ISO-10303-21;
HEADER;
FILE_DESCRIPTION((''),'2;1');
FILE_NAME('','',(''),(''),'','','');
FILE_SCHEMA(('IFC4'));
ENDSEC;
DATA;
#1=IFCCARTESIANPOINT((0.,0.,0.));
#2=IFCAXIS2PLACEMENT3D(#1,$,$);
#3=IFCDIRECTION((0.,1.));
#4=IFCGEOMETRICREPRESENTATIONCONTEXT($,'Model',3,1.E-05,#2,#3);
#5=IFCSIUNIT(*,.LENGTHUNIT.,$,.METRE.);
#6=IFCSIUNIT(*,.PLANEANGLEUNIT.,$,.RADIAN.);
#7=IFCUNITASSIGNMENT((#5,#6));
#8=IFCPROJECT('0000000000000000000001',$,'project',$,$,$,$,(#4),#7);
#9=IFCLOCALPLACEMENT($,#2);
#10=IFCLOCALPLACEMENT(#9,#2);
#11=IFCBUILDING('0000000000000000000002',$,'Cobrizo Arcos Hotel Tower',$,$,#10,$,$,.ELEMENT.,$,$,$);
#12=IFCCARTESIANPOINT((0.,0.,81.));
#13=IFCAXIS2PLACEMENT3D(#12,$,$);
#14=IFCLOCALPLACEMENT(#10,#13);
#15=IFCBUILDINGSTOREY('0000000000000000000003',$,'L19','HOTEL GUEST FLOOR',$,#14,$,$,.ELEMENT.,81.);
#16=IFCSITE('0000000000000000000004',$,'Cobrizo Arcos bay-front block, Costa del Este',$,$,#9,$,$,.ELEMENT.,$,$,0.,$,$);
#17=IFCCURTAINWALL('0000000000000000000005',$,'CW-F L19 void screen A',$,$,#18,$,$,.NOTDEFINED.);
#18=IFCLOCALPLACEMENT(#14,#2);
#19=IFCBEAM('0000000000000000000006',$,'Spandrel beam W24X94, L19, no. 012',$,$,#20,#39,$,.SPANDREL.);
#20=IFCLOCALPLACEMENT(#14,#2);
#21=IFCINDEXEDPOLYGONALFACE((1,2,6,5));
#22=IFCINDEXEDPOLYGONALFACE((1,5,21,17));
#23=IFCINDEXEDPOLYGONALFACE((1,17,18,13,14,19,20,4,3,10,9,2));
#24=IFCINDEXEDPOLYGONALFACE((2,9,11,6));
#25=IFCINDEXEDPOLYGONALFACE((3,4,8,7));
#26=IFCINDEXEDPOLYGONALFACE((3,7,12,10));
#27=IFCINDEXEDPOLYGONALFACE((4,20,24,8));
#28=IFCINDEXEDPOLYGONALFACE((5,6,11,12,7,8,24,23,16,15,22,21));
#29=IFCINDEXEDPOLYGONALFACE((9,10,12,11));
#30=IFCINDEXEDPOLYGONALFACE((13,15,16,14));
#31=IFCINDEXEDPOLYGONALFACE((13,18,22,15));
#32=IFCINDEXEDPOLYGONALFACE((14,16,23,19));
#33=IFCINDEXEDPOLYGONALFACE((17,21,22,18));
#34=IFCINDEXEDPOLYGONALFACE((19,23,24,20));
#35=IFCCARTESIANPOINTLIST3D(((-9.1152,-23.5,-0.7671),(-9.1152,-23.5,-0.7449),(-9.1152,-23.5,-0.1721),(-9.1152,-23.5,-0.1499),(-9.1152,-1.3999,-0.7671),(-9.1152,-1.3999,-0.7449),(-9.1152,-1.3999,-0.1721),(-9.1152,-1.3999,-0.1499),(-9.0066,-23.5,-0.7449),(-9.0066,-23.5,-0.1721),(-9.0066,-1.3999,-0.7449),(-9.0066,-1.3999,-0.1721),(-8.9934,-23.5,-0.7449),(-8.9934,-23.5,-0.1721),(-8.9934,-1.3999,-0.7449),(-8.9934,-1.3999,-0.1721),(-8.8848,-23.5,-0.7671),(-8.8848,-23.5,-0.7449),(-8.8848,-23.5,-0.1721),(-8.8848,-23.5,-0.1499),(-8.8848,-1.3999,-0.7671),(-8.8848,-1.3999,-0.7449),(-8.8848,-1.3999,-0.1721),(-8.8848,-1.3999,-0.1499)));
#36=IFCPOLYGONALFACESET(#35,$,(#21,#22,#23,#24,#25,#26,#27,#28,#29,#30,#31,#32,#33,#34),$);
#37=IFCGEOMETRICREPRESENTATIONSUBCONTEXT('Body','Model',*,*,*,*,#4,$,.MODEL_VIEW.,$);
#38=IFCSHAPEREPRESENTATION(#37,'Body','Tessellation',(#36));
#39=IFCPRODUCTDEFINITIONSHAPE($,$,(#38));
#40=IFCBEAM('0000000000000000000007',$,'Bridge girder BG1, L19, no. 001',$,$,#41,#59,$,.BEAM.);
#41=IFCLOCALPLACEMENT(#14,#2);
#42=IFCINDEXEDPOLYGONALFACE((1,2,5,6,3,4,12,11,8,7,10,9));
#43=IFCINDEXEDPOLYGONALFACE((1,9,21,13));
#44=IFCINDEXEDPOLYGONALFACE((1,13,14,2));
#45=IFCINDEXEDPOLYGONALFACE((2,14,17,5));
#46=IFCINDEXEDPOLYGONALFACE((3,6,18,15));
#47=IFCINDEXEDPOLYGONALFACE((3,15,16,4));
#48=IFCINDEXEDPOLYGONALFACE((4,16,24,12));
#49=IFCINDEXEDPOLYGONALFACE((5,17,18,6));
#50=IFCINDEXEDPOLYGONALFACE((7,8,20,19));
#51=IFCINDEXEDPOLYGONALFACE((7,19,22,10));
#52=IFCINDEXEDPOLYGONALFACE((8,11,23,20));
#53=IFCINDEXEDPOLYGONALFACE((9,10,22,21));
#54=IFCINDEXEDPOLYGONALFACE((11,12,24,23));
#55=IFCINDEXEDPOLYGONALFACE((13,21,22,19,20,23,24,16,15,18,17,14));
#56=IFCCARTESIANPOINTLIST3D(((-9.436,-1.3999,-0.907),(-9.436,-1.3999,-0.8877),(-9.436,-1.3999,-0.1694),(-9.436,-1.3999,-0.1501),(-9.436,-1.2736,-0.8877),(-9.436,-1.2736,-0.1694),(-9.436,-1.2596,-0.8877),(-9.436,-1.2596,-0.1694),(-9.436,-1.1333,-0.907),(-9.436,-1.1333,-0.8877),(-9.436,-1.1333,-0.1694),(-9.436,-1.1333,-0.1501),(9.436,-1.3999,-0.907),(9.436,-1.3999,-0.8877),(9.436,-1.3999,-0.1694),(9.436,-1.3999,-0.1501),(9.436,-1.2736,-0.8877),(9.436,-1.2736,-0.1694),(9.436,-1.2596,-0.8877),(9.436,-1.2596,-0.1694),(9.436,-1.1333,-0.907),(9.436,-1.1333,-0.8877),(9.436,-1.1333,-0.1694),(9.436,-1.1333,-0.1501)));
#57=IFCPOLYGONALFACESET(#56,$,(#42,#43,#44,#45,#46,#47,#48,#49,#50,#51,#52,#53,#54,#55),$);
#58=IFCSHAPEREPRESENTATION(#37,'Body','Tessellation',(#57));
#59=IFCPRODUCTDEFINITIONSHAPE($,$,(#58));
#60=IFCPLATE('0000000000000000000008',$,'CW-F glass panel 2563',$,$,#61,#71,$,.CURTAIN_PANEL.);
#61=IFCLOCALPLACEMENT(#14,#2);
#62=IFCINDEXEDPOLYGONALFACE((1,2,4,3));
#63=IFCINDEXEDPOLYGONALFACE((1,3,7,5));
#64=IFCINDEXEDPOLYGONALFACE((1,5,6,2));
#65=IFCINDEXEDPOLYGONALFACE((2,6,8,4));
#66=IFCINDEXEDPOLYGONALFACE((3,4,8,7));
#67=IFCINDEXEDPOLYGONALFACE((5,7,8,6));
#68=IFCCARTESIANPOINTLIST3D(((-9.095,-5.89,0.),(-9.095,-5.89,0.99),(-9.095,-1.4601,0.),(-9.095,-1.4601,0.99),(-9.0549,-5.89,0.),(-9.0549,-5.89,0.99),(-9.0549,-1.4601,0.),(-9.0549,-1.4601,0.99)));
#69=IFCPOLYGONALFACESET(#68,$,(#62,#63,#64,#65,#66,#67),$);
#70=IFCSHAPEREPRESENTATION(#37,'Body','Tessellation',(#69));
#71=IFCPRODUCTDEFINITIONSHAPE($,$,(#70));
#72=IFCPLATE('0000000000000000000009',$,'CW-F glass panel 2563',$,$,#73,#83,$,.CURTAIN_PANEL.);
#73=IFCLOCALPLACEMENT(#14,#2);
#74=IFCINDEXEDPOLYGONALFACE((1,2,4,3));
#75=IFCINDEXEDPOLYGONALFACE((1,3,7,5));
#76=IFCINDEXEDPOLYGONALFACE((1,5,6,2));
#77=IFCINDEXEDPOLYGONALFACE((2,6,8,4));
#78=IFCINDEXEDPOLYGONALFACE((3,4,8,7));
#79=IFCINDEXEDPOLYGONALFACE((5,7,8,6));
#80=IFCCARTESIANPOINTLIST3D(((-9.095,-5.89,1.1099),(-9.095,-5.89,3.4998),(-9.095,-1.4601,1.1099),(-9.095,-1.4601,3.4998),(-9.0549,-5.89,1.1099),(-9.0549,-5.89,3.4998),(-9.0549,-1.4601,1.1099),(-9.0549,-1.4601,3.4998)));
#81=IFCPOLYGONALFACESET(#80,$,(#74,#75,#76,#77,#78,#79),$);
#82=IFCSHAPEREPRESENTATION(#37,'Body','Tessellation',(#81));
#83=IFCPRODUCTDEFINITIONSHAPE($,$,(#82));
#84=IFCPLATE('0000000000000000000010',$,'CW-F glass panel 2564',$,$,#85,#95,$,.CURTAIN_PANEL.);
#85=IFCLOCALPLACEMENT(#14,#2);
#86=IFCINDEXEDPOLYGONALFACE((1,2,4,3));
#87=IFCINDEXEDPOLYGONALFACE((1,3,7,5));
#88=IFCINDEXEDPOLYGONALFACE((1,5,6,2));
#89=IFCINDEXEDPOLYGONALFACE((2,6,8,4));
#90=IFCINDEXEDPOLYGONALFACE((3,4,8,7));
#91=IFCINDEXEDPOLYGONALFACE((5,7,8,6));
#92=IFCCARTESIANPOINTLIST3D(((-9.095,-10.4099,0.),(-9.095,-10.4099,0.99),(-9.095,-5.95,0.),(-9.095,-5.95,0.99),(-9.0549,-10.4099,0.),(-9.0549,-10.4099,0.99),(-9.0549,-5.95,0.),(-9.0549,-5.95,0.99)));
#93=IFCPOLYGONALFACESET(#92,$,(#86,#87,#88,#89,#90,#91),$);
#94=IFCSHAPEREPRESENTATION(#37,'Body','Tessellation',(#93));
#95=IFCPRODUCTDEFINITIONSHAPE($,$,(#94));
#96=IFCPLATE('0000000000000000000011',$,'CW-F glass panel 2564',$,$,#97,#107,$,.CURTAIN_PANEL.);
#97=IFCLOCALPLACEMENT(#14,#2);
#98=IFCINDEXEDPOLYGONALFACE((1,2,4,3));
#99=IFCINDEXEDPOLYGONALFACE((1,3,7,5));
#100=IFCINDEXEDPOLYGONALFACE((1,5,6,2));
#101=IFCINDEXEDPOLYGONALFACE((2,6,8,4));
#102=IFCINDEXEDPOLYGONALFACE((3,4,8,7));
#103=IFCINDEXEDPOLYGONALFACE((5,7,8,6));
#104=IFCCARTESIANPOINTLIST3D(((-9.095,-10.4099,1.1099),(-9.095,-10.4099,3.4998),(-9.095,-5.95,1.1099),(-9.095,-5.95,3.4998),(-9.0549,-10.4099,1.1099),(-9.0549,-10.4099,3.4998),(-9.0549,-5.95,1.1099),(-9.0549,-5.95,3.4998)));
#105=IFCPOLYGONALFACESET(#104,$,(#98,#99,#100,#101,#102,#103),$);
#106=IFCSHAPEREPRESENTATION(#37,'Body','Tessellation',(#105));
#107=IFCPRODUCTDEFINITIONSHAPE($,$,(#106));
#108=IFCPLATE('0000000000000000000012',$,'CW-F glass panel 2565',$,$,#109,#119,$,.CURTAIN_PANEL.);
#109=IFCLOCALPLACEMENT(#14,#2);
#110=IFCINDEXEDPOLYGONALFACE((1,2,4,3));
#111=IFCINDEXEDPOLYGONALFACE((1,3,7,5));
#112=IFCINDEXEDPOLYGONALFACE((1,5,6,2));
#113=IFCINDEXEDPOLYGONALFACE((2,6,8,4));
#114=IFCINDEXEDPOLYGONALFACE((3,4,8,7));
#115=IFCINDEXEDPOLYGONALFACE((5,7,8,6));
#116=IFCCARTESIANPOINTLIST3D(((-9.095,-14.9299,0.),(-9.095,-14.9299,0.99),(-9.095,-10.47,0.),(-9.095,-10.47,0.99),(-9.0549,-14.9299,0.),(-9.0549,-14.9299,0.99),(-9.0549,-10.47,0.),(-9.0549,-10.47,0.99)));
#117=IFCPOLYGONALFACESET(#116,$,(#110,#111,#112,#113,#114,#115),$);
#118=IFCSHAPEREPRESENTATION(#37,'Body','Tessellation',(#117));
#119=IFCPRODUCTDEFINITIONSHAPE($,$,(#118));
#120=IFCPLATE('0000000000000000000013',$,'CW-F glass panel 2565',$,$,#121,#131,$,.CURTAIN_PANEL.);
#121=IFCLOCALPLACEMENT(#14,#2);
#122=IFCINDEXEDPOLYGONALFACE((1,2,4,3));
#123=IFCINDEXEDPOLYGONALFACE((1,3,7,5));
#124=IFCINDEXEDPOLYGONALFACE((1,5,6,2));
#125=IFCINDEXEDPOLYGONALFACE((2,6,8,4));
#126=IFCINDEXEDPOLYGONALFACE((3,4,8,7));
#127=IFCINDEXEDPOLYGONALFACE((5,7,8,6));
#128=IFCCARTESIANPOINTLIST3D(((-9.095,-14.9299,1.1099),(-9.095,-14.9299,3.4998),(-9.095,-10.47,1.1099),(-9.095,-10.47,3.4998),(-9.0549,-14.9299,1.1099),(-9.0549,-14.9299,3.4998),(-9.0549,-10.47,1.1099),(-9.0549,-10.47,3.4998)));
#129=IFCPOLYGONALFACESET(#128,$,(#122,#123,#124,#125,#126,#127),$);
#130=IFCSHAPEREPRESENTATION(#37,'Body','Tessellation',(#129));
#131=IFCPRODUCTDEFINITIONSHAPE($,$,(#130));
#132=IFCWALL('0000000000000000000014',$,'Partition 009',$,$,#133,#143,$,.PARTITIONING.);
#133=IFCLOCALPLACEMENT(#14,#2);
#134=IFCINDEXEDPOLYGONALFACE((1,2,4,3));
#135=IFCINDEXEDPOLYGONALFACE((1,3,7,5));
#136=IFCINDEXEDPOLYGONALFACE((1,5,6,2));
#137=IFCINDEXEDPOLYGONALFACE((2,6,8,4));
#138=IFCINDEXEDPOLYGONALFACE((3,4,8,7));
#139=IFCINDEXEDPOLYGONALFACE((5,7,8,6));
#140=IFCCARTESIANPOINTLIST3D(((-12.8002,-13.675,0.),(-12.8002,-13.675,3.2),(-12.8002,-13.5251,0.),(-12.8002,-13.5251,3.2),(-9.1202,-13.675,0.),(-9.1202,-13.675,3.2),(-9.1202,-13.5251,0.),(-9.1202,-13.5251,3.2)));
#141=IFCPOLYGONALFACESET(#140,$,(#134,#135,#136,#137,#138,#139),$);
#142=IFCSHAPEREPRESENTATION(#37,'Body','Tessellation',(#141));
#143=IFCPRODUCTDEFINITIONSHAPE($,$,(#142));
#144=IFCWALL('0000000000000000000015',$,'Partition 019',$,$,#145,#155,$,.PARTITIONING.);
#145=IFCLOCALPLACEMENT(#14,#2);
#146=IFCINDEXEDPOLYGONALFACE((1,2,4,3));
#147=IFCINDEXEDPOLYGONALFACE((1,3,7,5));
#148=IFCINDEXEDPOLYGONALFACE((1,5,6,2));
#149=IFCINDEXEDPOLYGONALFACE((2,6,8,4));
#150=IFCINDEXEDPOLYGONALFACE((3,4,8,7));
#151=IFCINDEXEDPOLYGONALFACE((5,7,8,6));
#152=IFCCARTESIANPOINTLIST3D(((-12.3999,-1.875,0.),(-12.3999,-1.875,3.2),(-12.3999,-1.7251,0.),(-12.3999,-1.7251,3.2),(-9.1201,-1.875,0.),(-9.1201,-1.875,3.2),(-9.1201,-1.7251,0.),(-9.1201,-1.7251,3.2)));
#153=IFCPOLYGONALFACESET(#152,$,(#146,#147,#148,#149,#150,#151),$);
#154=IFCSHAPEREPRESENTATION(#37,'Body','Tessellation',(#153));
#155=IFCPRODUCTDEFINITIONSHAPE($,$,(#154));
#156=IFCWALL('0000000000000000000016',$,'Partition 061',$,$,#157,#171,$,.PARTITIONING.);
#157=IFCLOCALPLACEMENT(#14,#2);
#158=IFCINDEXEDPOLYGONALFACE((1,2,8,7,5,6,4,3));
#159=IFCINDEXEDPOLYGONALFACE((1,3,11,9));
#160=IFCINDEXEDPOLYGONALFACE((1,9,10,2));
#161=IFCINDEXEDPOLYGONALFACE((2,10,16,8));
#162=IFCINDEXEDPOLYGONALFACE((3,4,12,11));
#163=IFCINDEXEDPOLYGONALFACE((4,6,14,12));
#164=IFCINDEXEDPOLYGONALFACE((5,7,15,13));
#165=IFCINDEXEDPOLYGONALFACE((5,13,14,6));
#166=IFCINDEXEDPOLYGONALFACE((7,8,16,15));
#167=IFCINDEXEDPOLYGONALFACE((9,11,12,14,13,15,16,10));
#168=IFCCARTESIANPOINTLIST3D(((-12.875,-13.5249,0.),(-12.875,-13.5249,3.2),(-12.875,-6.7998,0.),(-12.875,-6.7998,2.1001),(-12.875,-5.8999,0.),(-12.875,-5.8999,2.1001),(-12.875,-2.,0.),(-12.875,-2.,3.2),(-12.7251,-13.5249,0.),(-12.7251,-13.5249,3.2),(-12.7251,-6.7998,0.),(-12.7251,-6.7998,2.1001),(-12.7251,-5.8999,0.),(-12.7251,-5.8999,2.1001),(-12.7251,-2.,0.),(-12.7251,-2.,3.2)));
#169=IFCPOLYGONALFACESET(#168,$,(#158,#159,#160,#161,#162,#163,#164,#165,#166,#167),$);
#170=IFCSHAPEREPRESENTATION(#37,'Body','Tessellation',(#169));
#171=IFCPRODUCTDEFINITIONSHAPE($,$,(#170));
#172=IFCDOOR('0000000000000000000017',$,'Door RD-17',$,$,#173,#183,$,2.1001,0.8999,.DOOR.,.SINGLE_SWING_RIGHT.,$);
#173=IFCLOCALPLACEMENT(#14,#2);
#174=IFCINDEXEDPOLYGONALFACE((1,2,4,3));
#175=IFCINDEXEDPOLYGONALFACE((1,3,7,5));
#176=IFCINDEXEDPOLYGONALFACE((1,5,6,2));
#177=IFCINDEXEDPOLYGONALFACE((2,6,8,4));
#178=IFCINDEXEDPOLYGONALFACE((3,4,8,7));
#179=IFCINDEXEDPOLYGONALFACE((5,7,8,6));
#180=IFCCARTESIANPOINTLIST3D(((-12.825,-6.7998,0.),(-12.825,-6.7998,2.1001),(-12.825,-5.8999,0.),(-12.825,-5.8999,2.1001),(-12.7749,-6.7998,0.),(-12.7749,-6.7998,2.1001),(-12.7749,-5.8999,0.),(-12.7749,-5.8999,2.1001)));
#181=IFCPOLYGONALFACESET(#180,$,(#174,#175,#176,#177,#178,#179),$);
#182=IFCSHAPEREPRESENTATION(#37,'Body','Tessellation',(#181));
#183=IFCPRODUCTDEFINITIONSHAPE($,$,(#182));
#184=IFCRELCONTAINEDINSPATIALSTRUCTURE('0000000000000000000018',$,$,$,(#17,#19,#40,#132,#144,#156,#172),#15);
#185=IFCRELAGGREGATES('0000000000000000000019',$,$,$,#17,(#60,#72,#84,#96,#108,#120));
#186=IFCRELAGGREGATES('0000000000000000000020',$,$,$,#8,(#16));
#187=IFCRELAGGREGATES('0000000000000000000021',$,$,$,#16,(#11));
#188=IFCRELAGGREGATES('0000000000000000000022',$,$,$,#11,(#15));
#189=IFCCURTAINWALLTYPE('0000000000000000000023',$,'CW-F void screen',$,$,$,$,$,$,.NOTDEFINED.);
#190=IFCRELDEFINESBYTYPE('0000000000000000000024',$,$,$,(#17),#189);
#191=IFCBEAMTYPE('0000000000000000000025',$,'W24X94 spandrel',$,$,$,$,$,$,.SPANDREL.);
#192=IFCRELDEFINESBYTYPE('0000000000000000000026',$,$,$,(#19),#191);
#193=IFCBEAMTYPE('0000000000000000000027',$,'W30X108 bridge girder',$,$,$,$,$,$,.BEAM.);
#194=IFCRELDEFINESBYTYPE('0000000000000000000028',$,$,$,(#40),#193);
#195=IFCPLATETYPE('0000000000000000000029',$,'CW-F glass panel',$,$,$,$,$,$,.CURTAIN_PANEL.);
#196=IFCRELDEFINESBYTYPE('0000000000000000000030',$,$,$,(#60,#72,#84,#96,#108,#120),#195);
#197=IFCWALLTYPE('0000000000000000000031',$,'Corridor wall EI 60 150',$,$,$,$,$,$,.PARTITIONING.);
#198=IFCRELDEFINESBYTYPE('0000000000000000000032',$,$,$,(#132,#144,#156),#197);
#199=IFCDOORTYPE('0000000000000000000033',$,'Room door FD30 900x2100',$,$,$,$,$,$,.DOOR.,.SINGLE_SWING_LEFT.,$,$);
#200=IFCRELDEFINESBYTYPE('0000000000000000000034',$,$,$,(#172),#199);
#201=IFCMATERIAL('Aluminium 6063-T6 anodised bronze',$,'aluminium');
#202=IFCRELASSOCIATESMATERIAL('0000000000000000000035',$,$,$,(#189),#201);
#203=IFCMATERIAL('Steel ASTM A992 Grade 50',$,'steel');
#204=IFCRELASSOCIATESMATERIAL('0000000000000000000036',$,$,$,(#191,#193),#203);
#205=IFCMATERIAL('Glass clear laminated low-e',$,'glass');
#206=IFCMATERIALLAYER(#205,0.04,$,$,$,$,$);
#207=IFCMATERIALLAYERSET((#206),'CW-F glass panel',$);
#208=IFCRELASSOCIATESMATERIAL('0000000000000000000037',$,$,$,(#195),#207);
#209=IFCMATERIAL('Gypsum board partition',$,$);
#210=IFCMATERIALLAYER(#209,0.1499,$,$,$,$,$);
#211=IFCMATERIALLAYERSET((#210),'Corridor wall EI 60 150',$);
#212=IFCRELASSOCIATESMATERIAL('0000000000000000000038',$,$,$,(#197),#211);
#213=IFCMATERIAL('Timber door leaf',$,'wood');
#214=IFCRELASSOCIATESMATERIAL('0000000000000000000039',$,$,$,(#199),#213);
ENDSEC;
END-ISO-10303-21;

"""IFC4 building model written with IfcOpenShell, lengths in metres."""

from ifc_helpers import new_model, si_unit, direction, frame, frame_2d, origin, origin_2d, place, context, subcontext, project, spatial, rectangle, i_section, extrude, material, layer, layer_set, material_profile, profile_set, type_object, element, fill, aggregate, save


model = new_model("IFC4")

# Units and contexts
model_context = context("Model", 3, precision=1e-05, world=origin(), true_north=direction((0.0, 1.0)))
body_context = subcontext(model_context, "Body", "Model", "MODEL_VIEW")
ifc_project = project(units=[si_unit("LENGTHUNIT", "METRE"), si_unit("PLANEANGLEUNIT", "RADIAN")], contexts=[model_context])

# Site, building, storey
site_placement = place(None, origin())
site = spatial("IfcSite", under=ifc_project, at=site_placement, Name="Cobrizo Arcos bay-front block, Costa del Este", CompositionType="ELEMENT", RefElevation=0.0)
building_placement = place(site_placement, origin())
building = spatial("IfcBuilding", under=site, at=building_placement, Name="Cobrizo Arcos Hotel Tower", CompositionType="ELEMENT")
storey_placement = place(building_placement, frame((0.0, 0.0, 81.0)))
storey = spatial("IfcBuildingStorey", under=building, at=storey_placement, Name="L19", Description="HOTEL GUEST FLOOR", CompositionType="ELEMENT", Elevation=81.0)

# Shared definitions
ifc_material_1 = material(Name="Steel ASTM A992 Grade 50", Category="steel")

# Curtain wall
ifc_material_2 = material(Name="Aluminium 6063-T6 anodised bronze", Category="aluminium")
curtain_wall_type = type_object("IfcCurtainWallType", Name="CW-F void screen", PredefinedType="NOTDEFINED", material=ifc_material_2)
curtain_wall_placement = place(storey_placement, origin())
curtain_wall = element("IfcCurtainWall", 1, at=curtain_wall_placement, inside=storey, type_object=curtain_wall_type, Name="CW-F L19 void screen A", PredefinedType="NOTDEFINED")

# Beams
ifc_material_profile_1 = material_profile(ifc_material_1, i_section(OverallWidth=0.2305, OverallDepth=0.6172, WebThickness=0.0132, FlangeThickness=0.0222, at=origin_2d()), Name="W24X94")
ifc_profile_set_1 = profile_set([ifc_material_profile_1], Name="Steel ASTM A992 Grade 50")
beam_type_1 = type_object("IfcBeamType", Name="W24X94 spandrel", PredefinedType="SPANDREL", material=ifc_profile_set_1)
beam_1_placement = place(storey_placement, frame((-9.0, -1.3999, -0.4585), z_axis=(0.0, -1.0, 0.0), x_axis=(1.0, 0.0, 0.0)))
element("IfcBeam", 2, at=beam_1_placement, inside=storey, type_object=beam_type_1, Name="Spandrel beam W24X94, L19, no. 012", PredefinedType="SPANDREL", context=body_context, shape_type="SweptSolid", body=[
    extrude(i_section(OverallWidth=0.2305, OverallDepth=0.6172, WebThickness=0.0132, FlangeThickness=0.0222, at=origin_2d()), origin(), (0.0, 0.0, 1.0), 22.1001),
])
ifc_material_profile_2 = material_profile(ifc_material_1, i_section(OverallWidth=0.2666, OverallDepth=0.7568, WebThickness=0.0139, FlangeThickness=0.0193, at=origin_2d()), Name="W30X108")
ifc_profile_set_2 = profile_set([ifc_material_profile_2], Name="Steel ASTM A992 Grade 50")
beam_type_2 = type_object("IfcBeamType", Name="W30X108 bridge girder", PredefinedType="BEAM", material=ifc_profile_set_2)
beam_2_placement = place(storey_placement, frame((-9.436, -1.2666, -0.5286), z_axis=(1.0, 0.0, 0.0), x_axis=(0.0, 1.0, 0.0)))
element("IfcBeam", 3, at=beam_2_placement, inside=storey, type_object=beam_type_2, Name="Bridge girder BG1, L19, no. 001", PredefinedType="BEAM", context=body_context, shape_type="SweptSolid", body=[
    extrude(i_section(OverallWidth=0.2666, OverallDepth=0.7568, WebThickness=0.0139, FlangeThickness=0.0193, at=origin_2d()), origin(), (0.0, 0.0, 1.0), 18.8721),
])

# Plates
ifc_material_3 = material(Name="Glass clear laminated low-e", Category="glass")
ifc_layer_1 = layer(ifc_material_3, 0.04)
ifc_layer_set_1 = layer_set([ifc_layer_1], Name="CW-F glass panel")
plate_type = type_object("IfcPlateType", Name="CW-F glass panel", PredefinedType="CURTAIN_PANEL", material=ifc_layer_set_1)
plate_1_placement = place(storey_placement, frame((-9.075, -3.675, 0.0), z_axis=(0.0, 0.0, 1.0), x_axis=(0.0, -1.0, 0.0)))
plate_1 = element("IfcPlate", 4, at=plate_1_placement, type_object=plate_type, Name="CW-F glass panel 2563", PredefinedType="CURTAIN_PANEL", context=body_context, shape_type="SweptSolid", body=[
    extrude(rectangle(XDim=4.4299, YDim=0.04, at=origin_2d()), origin(), (0.0, 0.0, 1.0), 0.99),
])
plate_2_placement = place(storey_placement, frame((-9.075, -3.675, 1.1099), z_axis=(0.0, 0.0, 1.0), x_axis=(0.0, -1.0, 0.0)))
plate_2 = element("IfcPlate", 5, at=plate_2_placement, type_object=plate_type, Name="CW-F glass panel 2563", PredefinedType="CURTAIN_PANEL", context=body_context, shape_type="SweptSolid", body=[
    extrude(rectangle(XDim=4.4299, YDim=0.04, at=origin_2d()), origin(), (0.0, 0.0, 1.0), 2.3899),
])
plate_3_placement = place(storey_placement, frame((-9.075, -8.1799, 0.0), z_axis=(0.0, 0.0, 1.0), x_axis=(0.0, -1.0, 0.0)))
plate_3 = element("IfcPlate", 6, at=plate_3_placement, type_object=plate_type, Name="CW-F glass panel 2564", PredefinedType="CURTAIN_PANEL", context=body_context, shape_type="SweptSolid", body=[
    extrude(rectangle(XDim=4.46, YDim=0.04, at=origin_2d()), origin(), (0.0, 0.0, 1.0), 0.99),
])
plate_4_placement = place(storey_placement, frame((-9.075, -8.1799, 1.1099), z_axis=(0.0, 0.0, 1.0), x_axis=(0.0, -1.0, 0.0)))
plate_4 = element("IfcPlate", 7, at=plate_4_placement, type_object=plate_type, Name="CW-F glass panel 2564", PredefinedType="CURTAIN_PANEL", context=body_context, shape_type="SweptSolid", body=[
    extrude(rectangle(XDim=4.46, YDim=0.04, at=origin_2d()), origin(), (0.0, 0.0, 1.0), 2.3899),
])
plate_5_placement = place(storey_placement, frame((-9.075, -12.7, 0.0), z_axis=(0.0, 0.0, 1.0), x_axis=(0.0, -1.0, 0.0)))
plate_5 = element("IfcPlate", 8, at=plate_5_placement, type_object=plate_type, Name="CW-F glass panel 2565", PredefinedType="CURTAIN_PANEL", context=body_context, shape_type="SweptSolid", body=[
    extrude(rectangle(XDim=4.46, YDim=0.04, at=origin_2d()), origin(), (0.0, 0.0, 1.0), 0.99),
])
plate_6_placement = place(storey_placement, frame((-9.075, -12.7, 1.1099), z_axis=(0.0, 0.0, 1.0), x_axis=(0.0, -1.0, 0.0)))
plate_6 = element("IfcPlate", 9, at=plate_6_placement, type_object=plate_type, Name="CW-F glass panel 2565", PredefinedType="CURTAIN_PANEL", context=body_context, shape_type="SweptSolid", body=[
    extrude(rectangle(XDim=4.46, YDim=0.04, at=origin_2d()), origin(), (0.0, 0.0, 1.0), 2.3899),
])
aggregate(curtain_wall, [plate_1, plate_2, plate_3, plate_4, plate_5, plate_6])

# Walls
ifc_material_4 = material(Name="Gypsum board partition")
ifc_layer_2 = layer(ifc_material_4, 0.1499)
ifc_layer_set_2 = layer_set([ifc_layer_2], Name="Corridor wall EI 60 150")
wall_type_1 = type_object("IfcWallType", Name="Corridor wall EI 60 150", PredefinedType="PARTITIONING", material=ifc_layer_set_2)
wall_1_placement = place(storey_placement, frame((-12.8, -13.6001, 0.0), z_axis=(0.0, 0.0, 1.0), x_axis=(1.0, 0.0, 0.0)))
element("IfcWall", 10, at=wall_1_placement, inside=storey, type_object=wall_type_1, Name="Partition 009", PredefinedType="PARTITIONING", context=body_context, shape_type="SweptSolid", body=[
    extrude(rectangle(XDim=3.6799, YDim=0.1499, at=frame_2d((1.8398, 0.0))), origin(), (0.0, 0.0, 1.0), 3.2),
])
wall_2_placement = place(storey_placement, frame((-12.3999, -1.8, 0.0), z_axis=(0.0, 0.0, 1.0), x_axis=(1.0, 0.0, 0.0)))
element("IfcWall", 11, at=wall_2_placement, inside=storey, type_object=wall_type_1, Name="Partition 019", PredefinedType="PARTITIONING", context=body_context, shape_type="SweptSolid", body=[
    extrude(rectangle(XDim=3.2798, YDim=0.1499, at=frame_2d((1.6399, 0.0))), origin(), (0.0, 0.0, 1.0), 3.2),
])

# Wall, opening, door
wall_3_placement = place(storey_placement, frame((-12.8, -13.5249, 0.0), z_axis=(0.0, 0.0, 1.0), x_axis=(0.0, 1.0, 0.0)))
wall_3 = element("IfcWall", 12, at=wall_3_placement, inside=storey, type_object=wall_type_1, Name="Partition 061", PredefinedType="PARTITIONING", context=body_context, shape_type="SweptSolid", body=[
    extrude(rectangle(XDim=11.5249, YDim=0.1499, at=frame_2d((5.7625, 0.0))), origin(), (0.0, 0.0, 1.0), 3.2),
])
opening_1_placement = place(wall_3_placement, frame((6.7251, 0.0, 0.0)))
opening_1 = element("IfcOpeningElement", 13, at=opening_1_placement, cuts=wall_3, PredefinedType="OPENING", context=body_context, shape_type="SweptSolid", body=[
    extrude(rectangle(XDim=0.8999, YDim=2.1001, at=frame_2d((0.45, 1.05))), frame((0.0, 0.0869, 0.0), z_axis=(0.0, -1.0, 0.0), x_axis=(1.0, 0.0, 0.0)), (0.0, 0.0, 1.0), 0.1738),
])
ifc_material_5 = material(Name="Timber door leaf", Category="wood")
door_type_1 = type_object("IfcDoorType", Name="Room door FD30 900x2100", OperationType="SINGLE_SWING_LEFT", PredefinedType="DOOR", material=ifc_material_5)
door_1_placement = place(opening_1_placement, origin())
door_1 = element("IfcDoor", 14, at=door_1_placement, inside=storey, type_object=door_type_1, Name="Door RD-17", OperationType="SINGLE_SWING_RIGHT", OverallHeight=2.1001, OverallWidth=0.8999, PredefinedType="DOOR", context=body_context, shape_type="SweptSolid", body=[
    extrude(rectangle(XDim=0.8999, YDim=2.1001, at=frame_2d((0.45, 1.05))), frame((0.0, 0.0249, 0.0), z_axis=(0.0, -1.0, 0.0), x_axis=(1.0, 0.0, 0.0)), (0.0, 0.0, 1.0), 0.05),
])
fill(opening_1, door_1)

save(model, "model.ifc")
